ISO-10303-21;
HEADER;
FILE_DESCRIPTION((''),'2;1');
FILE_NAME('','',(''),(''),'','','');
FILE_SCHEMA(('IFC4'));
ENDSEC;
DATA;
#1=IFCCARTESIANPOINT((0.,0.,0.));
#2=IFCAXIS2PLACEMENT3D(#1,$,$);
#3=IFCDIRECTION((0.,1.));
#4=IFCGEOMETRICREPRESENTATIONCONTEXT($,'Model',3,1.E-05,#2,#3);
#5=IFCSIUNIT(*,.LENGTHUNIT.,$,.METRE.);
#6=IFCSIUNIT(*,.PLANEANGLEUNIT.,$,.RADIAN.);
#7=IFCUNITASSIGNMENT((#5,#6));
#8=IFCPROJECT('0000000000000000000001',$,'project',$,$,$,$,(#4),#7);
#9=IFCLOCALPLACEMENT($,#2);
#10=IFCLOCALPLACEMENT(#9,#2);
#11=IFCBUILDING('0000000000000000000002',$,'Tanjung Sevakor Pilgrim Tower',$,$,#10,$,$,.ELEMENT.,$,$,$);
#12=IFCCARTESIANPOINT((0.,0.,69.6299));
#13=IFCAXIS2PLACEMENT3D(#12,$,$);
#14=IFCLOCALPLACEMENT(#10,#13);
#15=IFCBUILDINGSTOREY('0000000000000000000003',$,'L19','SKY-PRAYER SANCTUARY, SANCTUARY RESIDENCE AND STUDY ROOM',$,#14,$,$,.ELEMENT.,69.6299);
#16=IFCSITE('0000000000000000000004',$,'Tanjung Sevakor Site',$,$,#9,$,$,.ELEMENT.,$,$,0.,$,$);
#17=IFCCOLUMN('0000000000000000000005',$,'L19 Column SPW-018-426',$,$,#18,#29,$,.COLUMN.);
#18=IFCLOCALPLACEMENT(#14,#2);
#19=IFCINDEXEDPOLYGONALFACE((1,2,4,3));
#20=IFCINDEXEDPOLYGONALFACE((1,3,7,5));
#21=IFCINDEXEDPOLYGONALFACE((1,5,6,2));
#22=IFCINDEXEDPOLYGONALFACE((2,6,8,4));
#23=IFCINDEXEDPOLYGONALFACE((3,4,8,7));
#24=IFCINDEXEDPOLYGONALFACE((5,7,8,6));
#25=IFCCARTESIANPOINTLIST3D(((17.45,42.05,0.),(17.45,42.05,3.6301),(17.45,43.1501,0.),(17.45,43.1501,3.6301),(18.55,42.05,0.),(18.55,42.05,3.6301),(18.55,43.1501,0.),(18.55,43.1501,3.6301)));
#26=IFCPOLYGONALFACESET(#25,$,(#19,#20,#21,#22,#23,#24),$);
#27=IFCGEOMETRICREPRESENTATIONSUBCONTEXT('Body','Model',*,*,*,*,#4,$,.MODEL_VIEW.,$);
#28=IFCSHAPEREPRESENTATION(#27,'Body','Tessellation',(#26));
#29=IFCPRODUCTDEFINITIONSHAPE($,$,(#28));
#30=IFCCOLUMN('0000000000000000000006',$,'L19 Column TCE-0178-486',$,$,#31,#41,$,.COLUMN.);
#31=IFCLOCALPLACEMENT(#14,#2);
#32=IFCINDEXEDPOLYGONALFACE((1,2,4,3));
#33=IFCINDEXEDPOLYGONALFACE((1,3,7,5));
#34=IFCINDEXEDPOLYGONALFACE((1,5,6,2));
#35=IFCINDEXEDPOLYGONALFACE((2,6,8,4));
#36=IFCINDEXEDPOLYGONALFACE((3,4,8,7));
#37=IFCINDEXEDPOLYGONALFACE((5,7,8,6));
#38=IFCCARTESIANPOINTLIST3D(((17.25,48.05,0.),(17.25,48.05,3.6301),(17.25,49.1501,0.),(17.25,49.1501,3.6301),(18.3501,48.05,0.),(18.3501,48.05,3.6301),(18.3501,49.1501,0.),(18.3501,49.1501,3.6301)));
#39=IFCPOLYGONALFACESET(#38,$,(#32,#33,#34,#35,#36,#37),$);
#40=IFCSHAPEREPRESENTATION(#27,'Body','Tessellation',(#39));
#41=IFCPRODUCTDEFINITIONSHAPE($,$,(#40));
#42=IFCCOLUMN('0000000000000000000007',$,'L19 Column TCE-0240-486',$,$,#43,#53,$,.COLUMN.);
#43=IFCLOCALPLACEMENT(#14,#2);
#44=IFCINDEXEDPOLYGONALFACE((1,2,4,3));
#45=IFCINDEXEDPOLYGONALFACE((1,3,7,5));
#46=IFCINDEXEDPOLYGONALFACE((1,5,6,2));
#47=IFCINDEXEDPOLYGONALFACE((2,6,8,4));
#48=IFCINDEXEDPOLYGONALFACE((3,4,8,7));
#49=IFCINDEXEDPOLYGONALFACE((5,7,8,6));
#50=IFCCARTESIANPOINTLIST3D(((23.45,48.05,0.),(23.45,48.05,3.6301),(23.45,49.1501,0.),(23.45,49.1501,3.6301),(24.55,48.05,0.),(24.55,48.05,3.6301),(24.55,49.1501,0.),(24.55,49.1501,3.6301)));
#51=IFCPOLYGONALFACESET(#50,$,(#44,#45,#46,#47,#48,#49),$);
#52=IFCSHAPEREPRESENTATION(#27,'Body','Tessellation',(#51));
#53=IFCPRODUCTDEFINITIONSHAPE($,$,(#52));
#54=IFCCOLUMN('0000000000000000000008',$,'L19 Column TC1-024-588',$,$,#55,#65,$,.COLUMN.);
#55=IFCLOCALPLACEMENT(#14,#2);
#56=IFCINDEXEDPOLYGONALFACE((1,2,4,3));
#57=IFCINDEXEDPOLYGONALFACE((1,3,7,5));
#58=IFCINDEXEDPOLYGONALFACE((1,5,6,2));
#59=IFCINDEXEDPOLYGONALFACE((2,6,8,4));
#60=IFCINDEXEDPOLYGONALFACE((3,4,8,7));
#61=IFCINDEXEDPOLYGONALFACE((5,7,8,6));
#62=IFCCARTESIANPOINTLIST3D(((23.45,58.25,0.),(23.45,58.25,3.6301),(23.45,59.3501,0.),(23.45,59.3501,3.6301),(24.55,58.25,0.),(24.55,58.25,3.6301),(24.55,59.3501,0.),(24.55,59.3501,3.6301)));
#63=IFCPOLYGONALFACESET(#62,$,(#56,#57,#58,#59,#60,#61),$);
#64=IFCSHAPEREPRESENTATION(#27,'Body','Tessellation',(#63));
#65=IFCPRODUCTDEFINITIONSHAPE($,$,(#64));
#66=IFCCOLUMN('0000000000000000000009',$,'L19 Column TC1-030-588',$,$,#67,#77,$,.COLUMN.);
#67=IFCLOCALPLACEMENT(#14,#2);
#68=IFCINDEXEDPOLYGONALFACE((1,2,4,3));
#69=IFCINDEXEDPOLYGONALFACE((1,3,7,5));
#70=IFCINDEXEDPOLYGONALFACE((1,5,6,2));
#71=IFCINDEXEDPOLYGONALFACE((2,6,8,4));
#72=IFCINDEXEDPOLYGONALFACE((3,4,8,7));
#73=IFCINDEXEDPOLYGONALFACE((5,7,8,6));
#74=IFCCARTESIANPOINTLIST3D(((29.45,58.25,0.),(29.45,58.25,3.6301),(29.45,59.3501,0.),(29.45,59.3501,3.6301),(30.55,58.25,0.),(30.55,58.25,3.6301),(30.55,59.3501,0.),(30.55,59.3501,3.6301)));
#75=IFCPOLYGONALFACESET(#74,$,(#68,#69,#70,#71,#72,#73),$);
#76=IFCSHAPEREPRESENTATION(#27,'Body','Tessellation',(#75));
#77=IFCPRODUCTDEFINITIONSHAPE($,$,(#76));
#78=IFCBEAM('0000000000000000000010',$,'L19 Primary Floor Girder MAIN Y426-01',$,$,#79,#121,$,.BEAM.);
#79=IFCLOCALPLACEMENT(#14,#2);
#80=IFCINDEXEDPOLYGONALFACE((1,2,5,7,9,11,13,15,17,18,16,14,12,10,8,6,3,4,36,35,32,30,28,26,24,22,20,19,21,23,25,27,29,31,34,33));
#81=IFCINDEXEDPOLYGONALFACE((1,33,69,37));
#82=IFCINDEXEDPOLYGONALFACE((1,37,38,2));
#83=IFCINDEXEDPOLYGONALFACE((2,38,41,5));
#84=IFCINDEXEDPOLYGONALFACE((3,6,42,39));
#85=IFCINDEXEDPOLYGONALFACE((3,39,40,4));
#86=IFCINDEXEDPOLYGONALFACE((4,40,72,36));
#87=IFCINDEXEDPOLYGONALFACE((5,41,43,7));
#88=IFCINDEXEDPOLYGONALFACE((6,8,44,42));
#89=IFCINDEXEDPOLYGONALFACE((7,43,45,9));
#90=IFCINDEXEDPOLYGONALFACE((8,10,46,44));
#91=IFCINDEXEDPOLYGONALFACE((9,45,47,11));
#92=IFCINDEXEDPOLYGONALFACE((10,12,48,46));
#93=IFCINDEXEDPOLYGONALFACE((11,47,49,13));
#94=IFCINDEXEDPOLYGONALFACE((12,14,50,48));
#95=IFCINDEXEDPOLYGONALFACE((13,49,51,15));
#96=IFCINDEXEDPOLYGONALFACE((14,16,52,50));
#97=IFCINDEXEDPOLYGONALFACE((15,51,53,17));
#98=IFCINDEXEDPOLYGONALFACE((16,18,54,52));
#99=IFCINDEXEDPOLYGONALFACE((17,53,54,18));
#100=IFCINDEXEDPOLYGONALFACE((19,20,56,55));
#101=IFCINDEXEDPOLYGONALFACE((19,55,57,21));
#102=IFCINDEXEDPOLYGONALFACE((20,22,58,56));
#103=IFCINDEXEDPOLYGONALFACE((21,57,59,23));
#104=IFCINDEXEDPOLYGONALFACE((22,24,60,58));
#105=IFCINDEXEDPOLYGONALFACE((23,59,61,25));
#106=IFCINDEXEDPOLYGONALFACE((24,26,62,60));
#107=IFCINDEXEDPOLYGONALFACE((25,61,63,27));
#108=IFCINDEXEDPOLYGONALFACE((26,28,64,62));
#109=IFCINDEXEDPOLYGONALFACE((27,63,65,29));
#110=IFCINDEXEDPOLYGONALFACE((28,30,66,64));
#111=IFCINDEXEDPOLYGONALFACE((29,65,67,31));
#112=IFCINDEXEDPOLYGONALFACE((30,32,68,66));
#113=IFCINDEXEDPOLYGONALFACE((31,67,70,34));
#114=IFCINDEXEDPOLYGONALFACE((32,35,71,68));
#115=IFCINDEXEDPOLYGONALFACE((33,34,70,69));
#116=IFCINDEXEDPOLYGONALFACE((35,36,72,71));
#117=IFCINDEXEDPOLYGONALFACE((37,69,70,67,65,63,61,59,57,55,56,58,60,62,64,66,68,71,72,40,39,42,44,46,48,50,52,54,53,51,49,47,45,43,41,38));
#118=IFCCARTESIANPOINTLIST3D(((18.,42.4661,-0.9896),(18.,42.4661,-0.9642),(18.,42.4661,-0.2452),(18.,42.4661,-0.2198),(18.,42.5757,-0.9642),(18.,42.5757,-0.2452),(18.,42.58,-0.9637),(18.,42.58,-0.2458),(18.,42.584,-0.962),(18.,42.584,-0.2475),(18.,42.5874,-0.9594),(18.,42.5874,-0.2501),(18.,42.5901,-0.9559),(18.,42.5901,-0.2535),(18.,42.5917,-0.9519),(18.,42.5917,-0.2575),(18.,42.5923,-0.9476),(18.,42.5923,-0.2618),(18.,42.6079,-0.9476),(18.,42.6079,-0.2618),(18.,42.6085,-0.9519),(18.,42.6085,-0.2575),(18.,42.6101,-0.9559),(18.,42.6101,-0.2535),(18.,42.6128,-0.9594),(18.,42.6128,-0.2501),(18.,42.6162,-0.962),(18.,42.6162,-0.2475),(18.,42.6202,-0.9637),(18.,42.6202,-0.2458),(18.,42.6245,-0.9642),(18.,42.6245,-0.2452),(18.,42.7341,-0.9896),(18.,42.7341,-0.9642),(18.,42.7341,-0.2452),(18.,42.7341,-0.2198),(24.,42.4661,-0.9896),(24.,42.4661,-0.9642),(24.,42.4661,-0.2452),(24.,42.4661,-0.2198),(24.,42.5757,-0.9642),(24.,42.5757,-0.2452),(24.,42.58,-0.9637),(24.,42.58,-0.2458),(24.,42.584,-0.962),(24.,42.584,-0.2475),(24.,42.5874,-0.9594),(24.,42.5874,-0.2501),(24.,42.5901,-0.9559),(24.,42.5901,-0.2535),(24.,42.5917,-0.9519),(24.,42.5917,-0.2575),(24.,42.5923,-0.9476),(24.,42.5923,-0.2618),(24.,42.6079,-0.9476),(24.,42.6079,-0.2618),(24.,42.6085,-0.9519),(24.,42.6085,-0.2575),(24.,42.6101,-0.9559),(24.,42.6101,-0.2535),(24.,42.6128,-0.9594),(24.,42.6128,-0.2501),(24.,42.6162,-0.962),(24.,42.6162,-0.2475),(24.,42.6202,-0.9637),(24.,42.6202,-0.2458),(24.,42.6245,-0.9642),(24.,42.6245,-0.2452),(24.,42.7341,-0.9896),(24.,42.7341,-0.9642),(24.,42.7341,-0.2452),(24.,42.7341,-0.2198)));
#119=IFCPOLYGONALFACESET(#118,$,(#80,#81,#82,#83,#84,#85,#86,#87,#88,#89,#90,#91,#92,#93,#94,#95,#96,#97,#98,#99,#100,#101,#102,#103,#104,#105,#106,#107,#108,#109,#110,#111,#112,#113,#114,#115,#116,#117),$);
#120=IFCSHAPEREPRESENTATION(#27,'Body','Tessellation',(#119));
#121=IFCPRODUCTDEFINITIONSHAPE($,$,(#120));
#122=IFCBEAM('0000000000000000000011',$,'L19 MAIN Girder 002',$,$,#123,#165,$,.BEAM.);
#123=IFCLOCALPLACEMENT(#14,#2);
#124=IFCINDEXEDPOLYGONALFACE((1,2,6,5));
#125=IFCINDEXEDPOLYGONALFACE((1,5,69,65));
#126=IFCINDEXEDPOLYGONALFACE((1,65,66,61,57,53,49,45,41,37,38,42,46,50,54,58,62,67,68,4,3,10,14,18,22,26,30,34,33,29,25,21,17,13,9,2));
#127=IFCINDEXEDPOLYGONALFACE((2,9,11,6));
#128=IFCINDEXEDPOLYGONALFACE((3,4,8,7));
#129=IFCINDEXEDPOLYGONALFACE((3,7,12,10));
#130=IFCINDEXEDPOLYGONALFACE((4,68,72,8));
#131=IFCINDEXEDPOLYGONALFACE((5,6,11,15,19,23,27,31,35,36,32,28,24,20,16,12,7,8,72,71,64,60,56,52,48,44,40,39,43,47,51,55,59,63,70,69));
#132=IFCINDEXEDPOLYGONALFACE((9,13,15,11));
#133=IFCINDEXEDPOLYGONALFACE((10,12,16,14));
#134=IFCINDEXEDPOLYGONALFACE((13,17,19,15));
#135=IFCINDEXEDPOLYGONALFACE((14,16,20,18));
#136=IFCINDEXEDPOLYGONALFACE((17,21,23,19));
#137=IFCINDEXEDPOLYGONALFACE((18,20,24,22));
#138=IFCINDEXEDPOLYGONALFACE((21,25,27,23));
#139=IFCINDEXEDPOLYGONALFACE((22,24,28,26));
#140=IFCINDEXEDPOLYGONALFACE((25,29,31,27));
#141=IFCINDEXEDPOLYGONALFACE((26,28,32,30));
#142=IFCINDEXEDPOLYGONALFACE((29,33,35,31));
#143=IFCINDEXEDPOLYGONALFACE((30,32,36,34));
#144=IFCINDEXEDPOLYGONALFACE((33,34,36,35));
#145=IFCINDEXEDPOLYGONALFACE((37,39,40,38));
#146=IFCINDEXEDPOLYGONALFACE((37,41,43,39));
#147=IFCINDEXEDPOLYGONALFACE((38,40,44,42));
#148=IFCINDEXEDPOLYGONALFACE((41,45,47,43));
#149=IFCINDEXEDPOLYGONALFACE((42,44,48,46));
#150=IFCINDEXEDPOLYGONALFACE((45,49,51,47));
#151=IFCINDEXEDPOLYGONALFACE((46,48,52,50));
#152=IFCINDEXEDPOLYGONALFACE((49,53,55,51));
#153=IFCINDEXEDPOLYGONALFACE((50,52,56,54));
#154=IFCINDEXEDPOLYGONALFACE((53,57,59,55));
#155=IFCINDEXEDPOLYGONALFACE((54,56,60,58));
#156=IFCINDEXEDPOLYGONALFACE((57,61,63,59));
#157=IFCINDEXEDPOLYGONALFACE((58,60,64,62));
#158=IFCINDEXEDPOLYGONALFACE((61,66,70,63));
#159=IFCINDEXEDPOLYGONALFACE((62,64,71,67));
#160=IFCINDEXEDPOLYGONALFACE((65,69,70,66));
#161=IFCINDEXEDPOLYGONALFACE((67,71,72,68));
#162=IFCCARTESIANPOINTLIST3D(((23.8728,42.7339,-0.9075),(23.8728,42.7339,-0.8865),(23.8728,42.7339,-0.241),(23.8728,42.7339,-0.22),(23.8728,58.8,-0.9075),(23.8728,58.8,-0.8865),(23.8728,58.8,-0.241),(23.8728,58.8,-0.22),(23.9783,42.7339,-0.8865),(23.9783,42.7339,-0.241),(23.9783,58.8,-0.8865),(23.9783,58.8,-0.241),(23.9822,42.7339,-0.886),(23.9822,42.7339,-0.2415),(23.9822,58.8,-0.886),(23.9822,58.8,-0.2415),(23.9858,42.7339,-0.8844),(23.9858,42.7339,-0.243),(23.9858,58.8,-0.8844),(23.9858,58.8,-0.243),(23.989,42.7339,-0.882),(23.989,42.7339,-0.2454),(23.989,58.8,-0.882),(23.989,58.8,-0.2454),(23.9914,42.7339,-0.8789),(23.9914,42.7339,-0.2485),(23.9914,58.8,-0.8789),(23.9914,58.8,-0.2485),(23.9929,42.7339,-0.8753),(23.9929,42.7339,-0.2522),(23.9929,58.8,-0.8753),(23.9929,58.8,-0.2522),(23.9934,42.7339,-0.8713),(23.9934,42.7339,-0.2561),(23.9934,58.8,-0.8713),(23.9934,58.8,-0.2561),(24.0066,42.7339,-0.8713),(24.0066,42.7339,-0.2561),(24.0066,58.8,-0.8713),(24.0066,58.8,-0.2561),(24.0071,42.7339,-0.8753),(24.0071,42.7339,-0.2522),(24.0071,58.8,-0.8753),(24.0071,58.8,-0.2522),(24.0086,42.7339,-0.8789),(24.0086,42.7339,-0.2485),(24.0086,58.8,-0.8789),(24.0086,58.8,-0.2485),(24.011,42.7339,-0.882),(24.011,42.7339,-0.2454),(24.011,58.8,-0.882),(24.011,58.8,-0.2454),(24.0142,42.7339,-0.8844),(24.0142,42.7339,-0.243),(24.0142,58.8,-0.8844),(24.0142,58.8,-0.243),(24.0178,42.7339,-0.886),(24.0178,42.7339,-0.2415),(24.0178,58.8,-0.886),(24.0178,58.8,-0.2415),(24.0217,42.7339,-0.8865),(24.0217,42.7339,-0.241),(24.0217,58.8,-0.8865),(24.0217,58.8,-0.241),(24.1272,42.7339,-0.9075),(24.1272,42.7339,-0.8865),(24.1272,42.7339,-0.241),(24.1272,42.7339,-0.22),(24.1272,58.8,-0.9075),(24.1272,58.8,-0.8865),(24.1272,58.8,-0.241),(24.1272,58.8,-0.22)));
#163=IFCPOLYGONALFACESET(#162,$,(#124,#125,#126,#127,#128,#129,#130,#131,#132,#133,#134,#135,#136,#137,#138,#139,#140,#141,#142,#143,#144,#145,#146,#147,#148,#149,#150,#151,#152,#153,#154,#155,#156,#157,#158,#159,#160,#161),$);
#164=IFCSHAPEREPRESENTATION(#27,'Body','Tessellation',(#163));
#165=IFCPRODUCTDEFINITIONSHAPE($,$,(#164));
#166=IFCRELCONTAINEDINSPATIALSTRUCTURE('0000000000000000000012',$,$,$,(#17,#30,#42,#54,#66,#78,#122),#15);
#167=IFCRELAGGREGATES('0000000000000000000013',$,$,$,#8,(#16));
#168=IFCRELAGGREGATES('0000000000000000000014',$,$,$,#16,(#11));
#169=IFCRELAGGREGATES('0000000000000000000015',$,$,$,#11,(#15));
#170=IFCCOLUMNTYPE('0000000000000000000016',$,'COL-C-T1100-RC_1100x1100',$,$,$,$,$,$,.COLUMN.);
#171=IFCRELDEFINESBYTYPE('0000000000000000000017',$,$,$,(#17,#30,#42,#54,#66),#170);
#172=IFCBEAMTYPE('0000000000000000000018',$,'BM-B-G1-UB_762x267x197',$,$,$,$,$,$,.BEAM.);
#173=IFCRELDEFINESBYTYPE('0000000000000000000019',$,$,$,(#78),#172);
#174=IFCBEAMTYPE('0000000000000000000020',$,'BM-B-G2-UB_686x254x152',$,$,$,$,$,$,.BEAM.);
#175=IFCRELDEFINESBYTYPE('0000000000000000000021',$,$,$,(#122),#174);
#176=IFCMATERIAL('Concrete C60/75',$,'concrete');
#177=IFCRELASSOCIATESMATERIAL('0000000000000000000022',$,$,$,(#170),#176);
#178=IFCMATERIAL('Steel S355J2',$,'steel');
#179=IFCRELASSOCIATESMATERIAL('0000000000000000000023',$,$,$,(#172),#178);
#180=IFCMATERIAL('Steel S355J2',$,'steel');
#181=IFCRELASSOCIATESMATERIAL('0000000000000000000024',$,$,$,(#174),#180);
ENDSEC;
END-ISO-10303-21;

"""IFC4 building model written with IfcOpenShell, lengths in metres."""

from ifc_helpers import new_model, si_unit, direction, frame, origin, origin_2d, place, context, subcontext, project, spatial, rectangle, i_section, extrude, material, material_profile, profile_set, type_object, element, save


model = new_model("IFC4")

# Units and contexts
model_context = context("Model", 3, precision=1e-05, world=origin(), true_north=direction((0.0, 1.0)))
body_context = subcontext(model_context, "Body", "Model", "MODEL_VIEW")
ifc_project = project(units=[si_unit("LENGTHUNIT", "METRE"), si_unit("PLANEANGLEUNIT", "RADIAN")], contexts=[model_context])

# Site, building, storey
site_placement = place(None, origin())
site = spatial("IfcSite", under=ifc_project, at=site_placement, Name="Tanjung Sevakor Site", CompositionType="ELEMENT", RefElevation=0.0)
building_placement = place(site_placement, origin())
building = spatial("IfcBuilding", under=site, at=building_placement, Name="Tanjung Sevakor Pilgrim Tower", CompositionType="ELEMENT")
storey_placement = place(building_placement, frame((0.0, 0.0, 69.6299)))
storey = spatial("IfcBuildingStorey", under=building, at=storey_placement, Name="L19", Description="SKY-PRAYER SANCTUARY, SANCTUARY RESIDENCE AND STUDY ROOM", CompositionType="ELEMENT", Elevation=69.6299)

# Columns
ifc_material_1 = material(Name="Concrete C60/75", Category="concrete")
ifc_material_profile_1 = material_profile(ifc_material_1, rectangle(XDim=1.1001, YDim=1.1001, at=origin_2d()))
ifc_profile_set_1 = profile_set([ifc_material_profile_1], Name="Concrete C60/75")
column_type = type_object("IfcColumnType", Name="COL-C-T1100-RC_1100x1100", PredefinedType="COLUMN", material=ifc_profile_set_1)
for number, where, z_axis, x_axis, name in (
    (1, (18.0, 42.6001, 0.0), (0.0, 0.0, 1.0), (1.0, 0.0, 0.0), "L19 Column SPW-018-426"),
    (2, (17.8, 48.6001, 0.0), (0.0, 0.0, 1.0), (1.0, 0.0, 0.0), "L19 Column TCE-0178-486"),
    (3, (24.0, 48.6001, 0.0), (0.0, 0.0, 1.0), (1.0, 0.0, 0.0), "L19 Column TCE-0240-486"),
    (4, (24.0, 58.8, 0.0), (0.0, 0.0, 1.0), (1.0, 0.0, 0.0), "L19 Column TC1-024-588"),
    (5, (30.0, 58.8, 0.0), (0.0, 0.0, 1.0), (1.0, 0.0, 0.0), "L19 Column TC1-030-588"),
):
    element("IfcColumn", number, at=place(storey_placement, frame(where, z_axis=z_axis, x_axis=x_axis)), inside=storey, type_object=column_type, Name=name, PredefinedType="COLUMN", context=body_context, shape_type="SweptSolid", body=[
        extrude(rectangle(XDim=1.1001, YDim=1.1001, at=origin_2d()), origin(), (0.0, 0.0, 1.0), 3.6301),
    ])

# Beams
ifc_material_2 = material(Name="Steel S355J2", Category="steel")
ifc_material_profile_2 = material_profile(ifc_material_2, i_section(OverallWidth=0.2681, OverallDepth=0.7698, WebThickness=0.0156, FlangeThickness=0.0254, FilletRadius=0.0166, at=origin_2d()))
ifc_profile_set_2 = profile_set([ifc_material_profile_2], Name="Steel S355J2")
beam_type_1 = type_object("IfcBeamType", Name="BM-B-G1-UB_762x267x197", PredefinedType="BEAM", material=ifc_profile_set_2)
beam_1_placement = place(storey_placement, frame((18.0, 42.6001, -0.6047), z_axis=(1.0, 0.0, 0.0), x_axis=(0.0, 1.0, 0.0)))
element("IfcBeam", 6, at=beam_1_placement, inside=storey, type_object=beam_type_1, Name="L19 Primary Floor Girder MAIN Y426-01", PredefinedType="BEAM", context=body_context, shape_type="SweptSolid", body=[
    extrude(i_section(OverallWidth=0.2681, OverallDepth=0.7698, WebThickness=0.0156, FlangeThickness=0.0254, FilletRadius=0.0166, at=origin_2d()), origin(), (0.0, 0.0, 1.0), 6.0),
])
ifc_material_3 = material(Name="Steel S355J2", Category="steel")
ifc_material_profile_3 = material_profile(ifc_material_3, i_section(OverallWidth=0.2544, OverallDepth=0.6875, WebThickness=0.0132, FlangeThickness=0.021, FilletRadius=0.0151, at=origin_2d()))
ifc_profile_set_3 = profile_set([ifc_material_profile_3], Name="Steel S355J2")
beam_type_2 = type_object("IfcBeamType", Name="BM-B-G2-UB_686x254x152", PredefinedType="BEAM", material=ifc_profile_set_3)
beam_2_placement = place(storey_placement, frame((24.0, 42.7339, -0.5637), z_axis=(0.0, 1.0, 0.0), x_axis=(-1.0, 0.0, 0.0)))
element("IfcBeam", 7, at=beam_2_placement, inside=storey, type_object=beam_type_2, Name="L19 MAIN Girder 002", PredefinedType="BEAM", context=body_context, shape_type="SweptSolid", body=[
    extrude(i_section(OverallWidth=0.2544, OverallDepth=0.6875, WebThickness=0.0132, FlangeThickness=0.021, FilletRadius=0.0151, at=origin_2d()), origin(), (0.0, 0.0, 1.0), 16.0662),
])

save(model, "model.ifc")
